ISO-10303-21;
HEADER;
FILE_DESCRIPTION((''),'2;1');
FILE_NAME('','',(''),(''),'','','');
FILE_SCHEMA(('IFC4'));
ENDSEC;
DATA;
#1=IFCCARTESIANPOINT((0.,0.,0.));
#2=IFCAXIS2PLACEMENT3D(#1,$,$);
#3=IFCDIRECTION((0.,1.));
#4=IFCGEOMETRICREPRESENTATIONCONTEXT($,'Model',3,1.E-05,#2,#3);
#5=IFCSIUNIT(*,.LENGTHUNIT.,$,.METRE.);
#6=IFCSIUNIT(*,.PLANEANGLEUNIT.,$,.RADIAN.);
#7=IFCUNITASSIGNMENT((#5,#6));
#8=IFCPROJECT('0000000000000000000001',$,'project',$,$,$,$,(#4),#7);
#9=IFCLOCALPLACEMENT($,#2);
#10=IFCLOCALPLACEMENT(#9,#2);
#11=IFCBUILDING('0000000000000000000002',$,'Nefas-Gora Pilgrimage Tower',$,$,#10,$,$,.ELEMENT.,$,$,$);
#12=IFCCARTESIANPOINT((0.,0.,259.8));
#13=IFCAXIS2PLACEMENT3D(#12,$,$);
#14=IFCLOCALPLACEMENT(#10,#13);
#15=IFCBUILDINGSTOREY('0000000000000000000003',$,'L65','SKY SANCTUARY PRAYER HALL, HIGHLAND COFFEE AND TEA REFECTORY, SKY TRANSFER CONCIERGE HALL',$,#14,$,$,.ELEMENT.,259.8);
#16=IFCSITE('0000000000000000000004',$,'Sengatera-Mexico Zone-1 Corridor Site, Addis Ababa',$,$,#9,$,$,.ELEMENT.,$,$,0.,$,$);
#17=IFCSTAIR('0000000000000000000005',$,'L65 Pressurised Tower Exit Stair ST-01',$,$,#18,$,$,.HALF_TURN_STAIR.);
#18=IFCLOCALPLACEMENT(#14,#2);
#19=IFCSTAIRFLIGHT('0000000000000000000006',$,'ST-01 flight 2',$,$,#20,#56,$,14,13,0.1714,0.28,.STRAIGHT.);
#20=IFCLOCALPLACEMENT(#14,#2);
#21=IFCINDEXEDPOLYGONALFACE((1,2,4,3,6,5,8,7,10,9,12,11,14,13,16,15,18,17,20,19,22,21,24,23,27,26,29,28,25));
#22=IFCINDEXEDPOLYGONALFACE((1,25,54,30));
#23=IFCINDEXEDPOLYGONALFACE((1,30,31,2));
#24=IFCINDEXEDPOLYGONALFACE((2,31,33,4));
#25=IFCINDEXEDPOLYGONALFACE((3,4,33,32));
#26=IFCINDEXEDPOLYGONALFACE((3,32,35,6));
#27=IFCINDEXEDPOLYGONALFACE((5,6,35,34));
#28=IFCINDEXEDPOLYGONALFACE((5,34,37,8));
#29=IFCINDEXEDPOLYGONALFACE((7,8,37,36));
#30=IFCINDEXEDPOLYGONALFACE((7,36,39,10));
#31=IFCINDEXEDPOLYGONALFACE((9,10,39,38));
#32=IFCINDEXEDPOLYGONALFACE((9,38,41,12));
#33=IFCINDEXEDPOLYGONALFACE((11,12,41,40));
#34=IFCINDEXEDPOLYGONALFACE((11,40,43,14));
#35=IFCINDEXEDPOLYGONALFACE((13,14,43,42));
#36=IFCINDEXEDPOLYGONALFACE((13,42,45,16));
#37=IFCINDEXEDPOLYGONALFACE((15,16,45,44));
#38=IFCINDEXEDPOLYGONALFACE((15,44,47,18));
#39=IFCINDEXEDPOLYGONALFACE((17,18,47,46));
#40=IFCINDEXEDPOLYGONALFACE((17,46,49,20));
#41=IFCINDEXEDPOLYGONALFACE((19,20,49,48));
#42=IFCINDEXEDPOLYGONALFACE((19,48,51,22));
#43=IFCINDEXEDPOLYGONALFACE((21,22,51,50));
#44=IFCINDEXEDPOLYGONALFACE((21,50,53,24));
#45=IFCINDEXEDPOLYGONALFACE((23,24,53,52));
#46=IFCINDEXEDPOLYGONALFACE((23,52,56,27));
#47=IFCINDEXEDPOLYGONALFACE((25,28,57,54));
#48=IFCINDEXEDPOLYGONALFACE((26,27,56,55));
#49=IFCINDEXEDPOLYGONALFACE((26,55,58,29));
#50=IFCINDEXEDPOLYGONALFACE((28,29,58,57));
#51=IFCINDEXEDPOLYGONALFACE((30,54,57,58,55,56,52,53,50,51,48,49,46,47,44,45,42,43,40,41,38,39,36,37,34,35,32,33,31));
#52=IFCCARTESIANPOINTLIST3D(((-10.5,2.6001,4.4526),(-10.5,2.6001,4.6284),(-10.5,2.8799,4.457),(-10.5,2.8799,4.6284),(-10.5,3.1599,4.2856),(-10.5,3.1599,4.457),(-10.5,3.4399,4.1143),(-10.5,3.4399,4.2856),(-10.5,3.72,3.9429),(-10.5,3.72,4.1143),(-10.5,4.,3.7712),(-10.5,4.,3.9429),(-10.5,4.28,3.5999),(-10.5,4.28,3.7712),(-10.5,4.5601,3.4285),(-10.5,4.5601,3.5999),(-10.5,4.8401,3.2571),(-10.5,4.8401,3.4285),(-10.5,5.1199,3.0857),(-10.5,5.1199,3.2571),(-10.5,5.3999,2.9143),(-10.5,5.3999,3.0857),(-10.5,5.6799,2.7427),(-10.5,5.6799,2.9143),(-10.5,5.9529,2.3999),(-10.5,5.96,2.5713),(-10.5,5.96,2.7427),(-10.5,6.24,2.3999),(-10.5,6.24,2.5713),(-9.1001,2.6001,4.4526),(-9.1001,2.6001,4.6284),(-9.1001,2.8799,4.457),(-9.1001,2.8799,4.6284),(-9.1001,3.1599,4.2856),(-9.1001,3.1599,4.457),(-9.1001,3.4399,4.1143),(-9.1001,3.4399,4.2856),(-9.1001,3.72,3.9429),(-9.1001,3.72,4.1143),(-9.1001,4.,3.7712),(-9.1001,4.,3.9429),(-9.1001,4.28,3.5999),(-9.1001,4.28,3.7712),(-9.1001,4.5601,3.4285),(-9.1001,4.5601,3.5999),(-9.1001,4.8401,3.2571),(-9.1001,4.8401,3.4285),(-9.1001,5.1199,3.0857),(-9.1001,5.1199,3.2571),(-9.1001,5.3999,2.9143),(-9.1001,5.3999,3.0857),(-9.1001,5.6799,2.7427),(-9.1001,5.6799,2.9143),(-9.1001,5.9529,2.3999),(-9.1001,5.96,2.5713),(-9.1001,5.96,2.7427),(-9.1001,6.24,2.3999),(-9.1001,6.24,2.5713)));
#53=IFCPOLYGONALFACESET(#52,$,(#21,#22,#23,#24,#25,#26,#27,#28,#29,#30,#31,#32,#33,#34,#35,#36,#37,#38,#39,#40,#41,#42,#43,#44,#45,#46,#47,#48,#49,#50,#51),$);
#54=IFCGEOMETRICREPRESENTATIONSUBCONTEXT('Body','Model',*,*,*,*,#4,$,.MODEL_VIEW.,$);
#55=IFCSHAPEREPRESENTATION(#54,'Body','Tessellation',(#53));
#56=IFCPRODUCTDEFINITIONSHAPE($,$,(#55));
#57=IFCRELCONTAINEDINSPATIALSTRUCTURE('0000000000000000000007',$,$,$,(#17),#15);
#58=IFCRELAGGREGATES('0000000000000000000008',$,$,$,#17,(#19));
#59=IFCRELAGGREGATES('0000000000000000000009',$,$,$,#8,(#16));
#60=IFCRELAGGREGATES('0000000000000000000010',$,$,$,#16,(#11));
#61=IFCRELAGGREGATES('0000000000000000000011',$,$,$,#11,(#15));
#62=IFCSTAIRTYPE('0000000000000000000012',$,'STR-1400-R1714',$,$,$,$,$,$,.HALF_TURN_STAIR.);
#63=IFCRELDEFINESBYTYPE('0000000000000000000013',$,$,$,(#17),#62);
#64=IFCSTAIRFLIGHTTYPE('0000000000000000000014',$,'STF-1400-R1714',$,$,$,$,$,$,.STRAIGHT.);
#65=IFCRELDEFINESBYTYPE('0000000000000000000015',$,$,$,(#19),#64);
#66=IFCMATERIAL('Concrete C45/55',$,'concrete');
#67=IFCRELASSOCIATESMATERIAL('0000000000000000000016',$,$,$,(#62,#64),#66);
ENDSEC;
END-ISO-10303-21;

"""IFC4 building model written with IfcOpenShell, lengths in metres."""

from ifc_helpers import new_model, si_unit, direction, frame, origin, place, context, subcontext, project, spatial, polyline, outline, extrude, source, transform, mapped, material, type_object, element, aggregate, save


model = new_model("IFC4")

# Units and contexts
model_context = context("Model", 3, precision=1e-05, world=origin(), true_north=direction((0.0, 1.0)))
body_context = subcontext(model_context, "Body", "Model", "MODEL_VIEW")
ifc_project = project(units=[si_unit("LENGTHUNIT", "METRE"), si_unit("PLANEANGLEUNIT", "RADIAN")], contexts=[model_context])

# Site, building, storey
site_placement = place(None, origin())
site = spatial("IfcSite", under=ifc_project, at=site_placement, Name="Sengatera-Mexico Zone-1 Corridor Site, Addis Ababa", CompositionType="ELEMENT", RefElevation=0.0)
building_placement = place(site_placement, origin())
building = spatial("IfcBuilding", under=site, at=building_placement, Name="Nefas-Gora Pilgrimage Tower", CompositionType="ELEMENT")
storey_placement = place(building_placement, frame((0.0, 0.0, 259.8)))
storey = spatial("IfcBuildingStorey", under=building, at=storey_placement, Name="L65", Description="SKY SANCTUARY PRAYER HALL, HIGHLAND COFFEE AND TEA REFECTORY, SKY TRANSFER CONCIERGE HALL", CompositionType="ELEMENT", Elevation=259.8)

# Shared definitions
ifc_material_1 = material(Name="Concrete C45/55", Category="concrete")

# Stair
stair_type = type_object("IfcStairType", Name="STR-1400-R1714", PredefinedType="HALF_TURN_STAIR", material=ifc_material_1)
stair_placement = place(storey_placement, origin())
stair = element("IfcStair", 1, at=stair_placement, inside=storey, type_object=stair_type, Name="L65 Pressurised Tower Exit Stair ST-01", PredefinedType="HALF_TURN_STAIR")

# Stair flight
stair_flight_type = type_object("IfcStairFlightType", Name="STF-1400-R1714", PredefinedType="STRAIGHT", material=ifc_material_1)
shared_shape_1 = source(origin(), body_context, "Body", "SweptSolid", [
    extrude(outline(polyline([(0.0, 0.0), (0.0, 0.1714), (0.28, 0.1714), (0.28, 0.3428), (0.5601, 0.3428), (0.5601, 0.5144), (0.8401, 0.5144), (0.8401, 0.6858), (1.1201, 0.6858), (1.1201, 0.8572), (1.3999, 0.8572), (1.3999, 1.0286), (1.6799, 1.0286), (1.6799, 1.2), (1.96, 1.2), (1.96, 1.3713), (2.24, 1.3713), (2.24, 1.543), (2.52, 1.543), (2.52, 1.7144), (2.8, 1.7144), (2.8, 1.8857), (3.0801, 1.8857), (3.0801, 2.0571), (3.3601, 2.0571), (3.3601, 2.2285), (3.6399, 2.2285), (3.6399, 2.3999), (3.6399, 2.0527), (0.2871, 0.0), (0.0, 0.0)])), frame((0.0, 0.7, 0.0), z_axis=(0.0, -1.0, 0.0), x_axis=(1.0, 0.0, 0.0)), (0.0, 0.0, 1.0), 1.3999),
])
stair_flight_1_placement = place(storey_placement, frame((-9.8, 6.24, 2.3999), z_axis=(0.0, 0.0, 1.0), x_axis=(0.0, -1.0, 0.0)))
stair_flight_1 = element("IfcStairFlight", 2, at=stair_flight_1_placement, type_object=stair_flight_type, Name="ST-01 flight 2", NumberOfRisers=14, NumberOfTreads=13, PredefinedType="STRAIGHT", RiserHeight=0.1714, TreadLength=0.28, context=body_context, shape_type="MappedRepresentation", body=[
    mapped(shared_shape_1, transform((0.0, 0.0, 0.0), x_axis=(1.0, 0.0, 0.0), y_axis=(0.0, 1.0, 0.0), z_axis=(0.0, 0.0, 1.0), scale=1.0)),
])
aggregate(stair, [stair_flight_1])

save(model, "model.ifc")
